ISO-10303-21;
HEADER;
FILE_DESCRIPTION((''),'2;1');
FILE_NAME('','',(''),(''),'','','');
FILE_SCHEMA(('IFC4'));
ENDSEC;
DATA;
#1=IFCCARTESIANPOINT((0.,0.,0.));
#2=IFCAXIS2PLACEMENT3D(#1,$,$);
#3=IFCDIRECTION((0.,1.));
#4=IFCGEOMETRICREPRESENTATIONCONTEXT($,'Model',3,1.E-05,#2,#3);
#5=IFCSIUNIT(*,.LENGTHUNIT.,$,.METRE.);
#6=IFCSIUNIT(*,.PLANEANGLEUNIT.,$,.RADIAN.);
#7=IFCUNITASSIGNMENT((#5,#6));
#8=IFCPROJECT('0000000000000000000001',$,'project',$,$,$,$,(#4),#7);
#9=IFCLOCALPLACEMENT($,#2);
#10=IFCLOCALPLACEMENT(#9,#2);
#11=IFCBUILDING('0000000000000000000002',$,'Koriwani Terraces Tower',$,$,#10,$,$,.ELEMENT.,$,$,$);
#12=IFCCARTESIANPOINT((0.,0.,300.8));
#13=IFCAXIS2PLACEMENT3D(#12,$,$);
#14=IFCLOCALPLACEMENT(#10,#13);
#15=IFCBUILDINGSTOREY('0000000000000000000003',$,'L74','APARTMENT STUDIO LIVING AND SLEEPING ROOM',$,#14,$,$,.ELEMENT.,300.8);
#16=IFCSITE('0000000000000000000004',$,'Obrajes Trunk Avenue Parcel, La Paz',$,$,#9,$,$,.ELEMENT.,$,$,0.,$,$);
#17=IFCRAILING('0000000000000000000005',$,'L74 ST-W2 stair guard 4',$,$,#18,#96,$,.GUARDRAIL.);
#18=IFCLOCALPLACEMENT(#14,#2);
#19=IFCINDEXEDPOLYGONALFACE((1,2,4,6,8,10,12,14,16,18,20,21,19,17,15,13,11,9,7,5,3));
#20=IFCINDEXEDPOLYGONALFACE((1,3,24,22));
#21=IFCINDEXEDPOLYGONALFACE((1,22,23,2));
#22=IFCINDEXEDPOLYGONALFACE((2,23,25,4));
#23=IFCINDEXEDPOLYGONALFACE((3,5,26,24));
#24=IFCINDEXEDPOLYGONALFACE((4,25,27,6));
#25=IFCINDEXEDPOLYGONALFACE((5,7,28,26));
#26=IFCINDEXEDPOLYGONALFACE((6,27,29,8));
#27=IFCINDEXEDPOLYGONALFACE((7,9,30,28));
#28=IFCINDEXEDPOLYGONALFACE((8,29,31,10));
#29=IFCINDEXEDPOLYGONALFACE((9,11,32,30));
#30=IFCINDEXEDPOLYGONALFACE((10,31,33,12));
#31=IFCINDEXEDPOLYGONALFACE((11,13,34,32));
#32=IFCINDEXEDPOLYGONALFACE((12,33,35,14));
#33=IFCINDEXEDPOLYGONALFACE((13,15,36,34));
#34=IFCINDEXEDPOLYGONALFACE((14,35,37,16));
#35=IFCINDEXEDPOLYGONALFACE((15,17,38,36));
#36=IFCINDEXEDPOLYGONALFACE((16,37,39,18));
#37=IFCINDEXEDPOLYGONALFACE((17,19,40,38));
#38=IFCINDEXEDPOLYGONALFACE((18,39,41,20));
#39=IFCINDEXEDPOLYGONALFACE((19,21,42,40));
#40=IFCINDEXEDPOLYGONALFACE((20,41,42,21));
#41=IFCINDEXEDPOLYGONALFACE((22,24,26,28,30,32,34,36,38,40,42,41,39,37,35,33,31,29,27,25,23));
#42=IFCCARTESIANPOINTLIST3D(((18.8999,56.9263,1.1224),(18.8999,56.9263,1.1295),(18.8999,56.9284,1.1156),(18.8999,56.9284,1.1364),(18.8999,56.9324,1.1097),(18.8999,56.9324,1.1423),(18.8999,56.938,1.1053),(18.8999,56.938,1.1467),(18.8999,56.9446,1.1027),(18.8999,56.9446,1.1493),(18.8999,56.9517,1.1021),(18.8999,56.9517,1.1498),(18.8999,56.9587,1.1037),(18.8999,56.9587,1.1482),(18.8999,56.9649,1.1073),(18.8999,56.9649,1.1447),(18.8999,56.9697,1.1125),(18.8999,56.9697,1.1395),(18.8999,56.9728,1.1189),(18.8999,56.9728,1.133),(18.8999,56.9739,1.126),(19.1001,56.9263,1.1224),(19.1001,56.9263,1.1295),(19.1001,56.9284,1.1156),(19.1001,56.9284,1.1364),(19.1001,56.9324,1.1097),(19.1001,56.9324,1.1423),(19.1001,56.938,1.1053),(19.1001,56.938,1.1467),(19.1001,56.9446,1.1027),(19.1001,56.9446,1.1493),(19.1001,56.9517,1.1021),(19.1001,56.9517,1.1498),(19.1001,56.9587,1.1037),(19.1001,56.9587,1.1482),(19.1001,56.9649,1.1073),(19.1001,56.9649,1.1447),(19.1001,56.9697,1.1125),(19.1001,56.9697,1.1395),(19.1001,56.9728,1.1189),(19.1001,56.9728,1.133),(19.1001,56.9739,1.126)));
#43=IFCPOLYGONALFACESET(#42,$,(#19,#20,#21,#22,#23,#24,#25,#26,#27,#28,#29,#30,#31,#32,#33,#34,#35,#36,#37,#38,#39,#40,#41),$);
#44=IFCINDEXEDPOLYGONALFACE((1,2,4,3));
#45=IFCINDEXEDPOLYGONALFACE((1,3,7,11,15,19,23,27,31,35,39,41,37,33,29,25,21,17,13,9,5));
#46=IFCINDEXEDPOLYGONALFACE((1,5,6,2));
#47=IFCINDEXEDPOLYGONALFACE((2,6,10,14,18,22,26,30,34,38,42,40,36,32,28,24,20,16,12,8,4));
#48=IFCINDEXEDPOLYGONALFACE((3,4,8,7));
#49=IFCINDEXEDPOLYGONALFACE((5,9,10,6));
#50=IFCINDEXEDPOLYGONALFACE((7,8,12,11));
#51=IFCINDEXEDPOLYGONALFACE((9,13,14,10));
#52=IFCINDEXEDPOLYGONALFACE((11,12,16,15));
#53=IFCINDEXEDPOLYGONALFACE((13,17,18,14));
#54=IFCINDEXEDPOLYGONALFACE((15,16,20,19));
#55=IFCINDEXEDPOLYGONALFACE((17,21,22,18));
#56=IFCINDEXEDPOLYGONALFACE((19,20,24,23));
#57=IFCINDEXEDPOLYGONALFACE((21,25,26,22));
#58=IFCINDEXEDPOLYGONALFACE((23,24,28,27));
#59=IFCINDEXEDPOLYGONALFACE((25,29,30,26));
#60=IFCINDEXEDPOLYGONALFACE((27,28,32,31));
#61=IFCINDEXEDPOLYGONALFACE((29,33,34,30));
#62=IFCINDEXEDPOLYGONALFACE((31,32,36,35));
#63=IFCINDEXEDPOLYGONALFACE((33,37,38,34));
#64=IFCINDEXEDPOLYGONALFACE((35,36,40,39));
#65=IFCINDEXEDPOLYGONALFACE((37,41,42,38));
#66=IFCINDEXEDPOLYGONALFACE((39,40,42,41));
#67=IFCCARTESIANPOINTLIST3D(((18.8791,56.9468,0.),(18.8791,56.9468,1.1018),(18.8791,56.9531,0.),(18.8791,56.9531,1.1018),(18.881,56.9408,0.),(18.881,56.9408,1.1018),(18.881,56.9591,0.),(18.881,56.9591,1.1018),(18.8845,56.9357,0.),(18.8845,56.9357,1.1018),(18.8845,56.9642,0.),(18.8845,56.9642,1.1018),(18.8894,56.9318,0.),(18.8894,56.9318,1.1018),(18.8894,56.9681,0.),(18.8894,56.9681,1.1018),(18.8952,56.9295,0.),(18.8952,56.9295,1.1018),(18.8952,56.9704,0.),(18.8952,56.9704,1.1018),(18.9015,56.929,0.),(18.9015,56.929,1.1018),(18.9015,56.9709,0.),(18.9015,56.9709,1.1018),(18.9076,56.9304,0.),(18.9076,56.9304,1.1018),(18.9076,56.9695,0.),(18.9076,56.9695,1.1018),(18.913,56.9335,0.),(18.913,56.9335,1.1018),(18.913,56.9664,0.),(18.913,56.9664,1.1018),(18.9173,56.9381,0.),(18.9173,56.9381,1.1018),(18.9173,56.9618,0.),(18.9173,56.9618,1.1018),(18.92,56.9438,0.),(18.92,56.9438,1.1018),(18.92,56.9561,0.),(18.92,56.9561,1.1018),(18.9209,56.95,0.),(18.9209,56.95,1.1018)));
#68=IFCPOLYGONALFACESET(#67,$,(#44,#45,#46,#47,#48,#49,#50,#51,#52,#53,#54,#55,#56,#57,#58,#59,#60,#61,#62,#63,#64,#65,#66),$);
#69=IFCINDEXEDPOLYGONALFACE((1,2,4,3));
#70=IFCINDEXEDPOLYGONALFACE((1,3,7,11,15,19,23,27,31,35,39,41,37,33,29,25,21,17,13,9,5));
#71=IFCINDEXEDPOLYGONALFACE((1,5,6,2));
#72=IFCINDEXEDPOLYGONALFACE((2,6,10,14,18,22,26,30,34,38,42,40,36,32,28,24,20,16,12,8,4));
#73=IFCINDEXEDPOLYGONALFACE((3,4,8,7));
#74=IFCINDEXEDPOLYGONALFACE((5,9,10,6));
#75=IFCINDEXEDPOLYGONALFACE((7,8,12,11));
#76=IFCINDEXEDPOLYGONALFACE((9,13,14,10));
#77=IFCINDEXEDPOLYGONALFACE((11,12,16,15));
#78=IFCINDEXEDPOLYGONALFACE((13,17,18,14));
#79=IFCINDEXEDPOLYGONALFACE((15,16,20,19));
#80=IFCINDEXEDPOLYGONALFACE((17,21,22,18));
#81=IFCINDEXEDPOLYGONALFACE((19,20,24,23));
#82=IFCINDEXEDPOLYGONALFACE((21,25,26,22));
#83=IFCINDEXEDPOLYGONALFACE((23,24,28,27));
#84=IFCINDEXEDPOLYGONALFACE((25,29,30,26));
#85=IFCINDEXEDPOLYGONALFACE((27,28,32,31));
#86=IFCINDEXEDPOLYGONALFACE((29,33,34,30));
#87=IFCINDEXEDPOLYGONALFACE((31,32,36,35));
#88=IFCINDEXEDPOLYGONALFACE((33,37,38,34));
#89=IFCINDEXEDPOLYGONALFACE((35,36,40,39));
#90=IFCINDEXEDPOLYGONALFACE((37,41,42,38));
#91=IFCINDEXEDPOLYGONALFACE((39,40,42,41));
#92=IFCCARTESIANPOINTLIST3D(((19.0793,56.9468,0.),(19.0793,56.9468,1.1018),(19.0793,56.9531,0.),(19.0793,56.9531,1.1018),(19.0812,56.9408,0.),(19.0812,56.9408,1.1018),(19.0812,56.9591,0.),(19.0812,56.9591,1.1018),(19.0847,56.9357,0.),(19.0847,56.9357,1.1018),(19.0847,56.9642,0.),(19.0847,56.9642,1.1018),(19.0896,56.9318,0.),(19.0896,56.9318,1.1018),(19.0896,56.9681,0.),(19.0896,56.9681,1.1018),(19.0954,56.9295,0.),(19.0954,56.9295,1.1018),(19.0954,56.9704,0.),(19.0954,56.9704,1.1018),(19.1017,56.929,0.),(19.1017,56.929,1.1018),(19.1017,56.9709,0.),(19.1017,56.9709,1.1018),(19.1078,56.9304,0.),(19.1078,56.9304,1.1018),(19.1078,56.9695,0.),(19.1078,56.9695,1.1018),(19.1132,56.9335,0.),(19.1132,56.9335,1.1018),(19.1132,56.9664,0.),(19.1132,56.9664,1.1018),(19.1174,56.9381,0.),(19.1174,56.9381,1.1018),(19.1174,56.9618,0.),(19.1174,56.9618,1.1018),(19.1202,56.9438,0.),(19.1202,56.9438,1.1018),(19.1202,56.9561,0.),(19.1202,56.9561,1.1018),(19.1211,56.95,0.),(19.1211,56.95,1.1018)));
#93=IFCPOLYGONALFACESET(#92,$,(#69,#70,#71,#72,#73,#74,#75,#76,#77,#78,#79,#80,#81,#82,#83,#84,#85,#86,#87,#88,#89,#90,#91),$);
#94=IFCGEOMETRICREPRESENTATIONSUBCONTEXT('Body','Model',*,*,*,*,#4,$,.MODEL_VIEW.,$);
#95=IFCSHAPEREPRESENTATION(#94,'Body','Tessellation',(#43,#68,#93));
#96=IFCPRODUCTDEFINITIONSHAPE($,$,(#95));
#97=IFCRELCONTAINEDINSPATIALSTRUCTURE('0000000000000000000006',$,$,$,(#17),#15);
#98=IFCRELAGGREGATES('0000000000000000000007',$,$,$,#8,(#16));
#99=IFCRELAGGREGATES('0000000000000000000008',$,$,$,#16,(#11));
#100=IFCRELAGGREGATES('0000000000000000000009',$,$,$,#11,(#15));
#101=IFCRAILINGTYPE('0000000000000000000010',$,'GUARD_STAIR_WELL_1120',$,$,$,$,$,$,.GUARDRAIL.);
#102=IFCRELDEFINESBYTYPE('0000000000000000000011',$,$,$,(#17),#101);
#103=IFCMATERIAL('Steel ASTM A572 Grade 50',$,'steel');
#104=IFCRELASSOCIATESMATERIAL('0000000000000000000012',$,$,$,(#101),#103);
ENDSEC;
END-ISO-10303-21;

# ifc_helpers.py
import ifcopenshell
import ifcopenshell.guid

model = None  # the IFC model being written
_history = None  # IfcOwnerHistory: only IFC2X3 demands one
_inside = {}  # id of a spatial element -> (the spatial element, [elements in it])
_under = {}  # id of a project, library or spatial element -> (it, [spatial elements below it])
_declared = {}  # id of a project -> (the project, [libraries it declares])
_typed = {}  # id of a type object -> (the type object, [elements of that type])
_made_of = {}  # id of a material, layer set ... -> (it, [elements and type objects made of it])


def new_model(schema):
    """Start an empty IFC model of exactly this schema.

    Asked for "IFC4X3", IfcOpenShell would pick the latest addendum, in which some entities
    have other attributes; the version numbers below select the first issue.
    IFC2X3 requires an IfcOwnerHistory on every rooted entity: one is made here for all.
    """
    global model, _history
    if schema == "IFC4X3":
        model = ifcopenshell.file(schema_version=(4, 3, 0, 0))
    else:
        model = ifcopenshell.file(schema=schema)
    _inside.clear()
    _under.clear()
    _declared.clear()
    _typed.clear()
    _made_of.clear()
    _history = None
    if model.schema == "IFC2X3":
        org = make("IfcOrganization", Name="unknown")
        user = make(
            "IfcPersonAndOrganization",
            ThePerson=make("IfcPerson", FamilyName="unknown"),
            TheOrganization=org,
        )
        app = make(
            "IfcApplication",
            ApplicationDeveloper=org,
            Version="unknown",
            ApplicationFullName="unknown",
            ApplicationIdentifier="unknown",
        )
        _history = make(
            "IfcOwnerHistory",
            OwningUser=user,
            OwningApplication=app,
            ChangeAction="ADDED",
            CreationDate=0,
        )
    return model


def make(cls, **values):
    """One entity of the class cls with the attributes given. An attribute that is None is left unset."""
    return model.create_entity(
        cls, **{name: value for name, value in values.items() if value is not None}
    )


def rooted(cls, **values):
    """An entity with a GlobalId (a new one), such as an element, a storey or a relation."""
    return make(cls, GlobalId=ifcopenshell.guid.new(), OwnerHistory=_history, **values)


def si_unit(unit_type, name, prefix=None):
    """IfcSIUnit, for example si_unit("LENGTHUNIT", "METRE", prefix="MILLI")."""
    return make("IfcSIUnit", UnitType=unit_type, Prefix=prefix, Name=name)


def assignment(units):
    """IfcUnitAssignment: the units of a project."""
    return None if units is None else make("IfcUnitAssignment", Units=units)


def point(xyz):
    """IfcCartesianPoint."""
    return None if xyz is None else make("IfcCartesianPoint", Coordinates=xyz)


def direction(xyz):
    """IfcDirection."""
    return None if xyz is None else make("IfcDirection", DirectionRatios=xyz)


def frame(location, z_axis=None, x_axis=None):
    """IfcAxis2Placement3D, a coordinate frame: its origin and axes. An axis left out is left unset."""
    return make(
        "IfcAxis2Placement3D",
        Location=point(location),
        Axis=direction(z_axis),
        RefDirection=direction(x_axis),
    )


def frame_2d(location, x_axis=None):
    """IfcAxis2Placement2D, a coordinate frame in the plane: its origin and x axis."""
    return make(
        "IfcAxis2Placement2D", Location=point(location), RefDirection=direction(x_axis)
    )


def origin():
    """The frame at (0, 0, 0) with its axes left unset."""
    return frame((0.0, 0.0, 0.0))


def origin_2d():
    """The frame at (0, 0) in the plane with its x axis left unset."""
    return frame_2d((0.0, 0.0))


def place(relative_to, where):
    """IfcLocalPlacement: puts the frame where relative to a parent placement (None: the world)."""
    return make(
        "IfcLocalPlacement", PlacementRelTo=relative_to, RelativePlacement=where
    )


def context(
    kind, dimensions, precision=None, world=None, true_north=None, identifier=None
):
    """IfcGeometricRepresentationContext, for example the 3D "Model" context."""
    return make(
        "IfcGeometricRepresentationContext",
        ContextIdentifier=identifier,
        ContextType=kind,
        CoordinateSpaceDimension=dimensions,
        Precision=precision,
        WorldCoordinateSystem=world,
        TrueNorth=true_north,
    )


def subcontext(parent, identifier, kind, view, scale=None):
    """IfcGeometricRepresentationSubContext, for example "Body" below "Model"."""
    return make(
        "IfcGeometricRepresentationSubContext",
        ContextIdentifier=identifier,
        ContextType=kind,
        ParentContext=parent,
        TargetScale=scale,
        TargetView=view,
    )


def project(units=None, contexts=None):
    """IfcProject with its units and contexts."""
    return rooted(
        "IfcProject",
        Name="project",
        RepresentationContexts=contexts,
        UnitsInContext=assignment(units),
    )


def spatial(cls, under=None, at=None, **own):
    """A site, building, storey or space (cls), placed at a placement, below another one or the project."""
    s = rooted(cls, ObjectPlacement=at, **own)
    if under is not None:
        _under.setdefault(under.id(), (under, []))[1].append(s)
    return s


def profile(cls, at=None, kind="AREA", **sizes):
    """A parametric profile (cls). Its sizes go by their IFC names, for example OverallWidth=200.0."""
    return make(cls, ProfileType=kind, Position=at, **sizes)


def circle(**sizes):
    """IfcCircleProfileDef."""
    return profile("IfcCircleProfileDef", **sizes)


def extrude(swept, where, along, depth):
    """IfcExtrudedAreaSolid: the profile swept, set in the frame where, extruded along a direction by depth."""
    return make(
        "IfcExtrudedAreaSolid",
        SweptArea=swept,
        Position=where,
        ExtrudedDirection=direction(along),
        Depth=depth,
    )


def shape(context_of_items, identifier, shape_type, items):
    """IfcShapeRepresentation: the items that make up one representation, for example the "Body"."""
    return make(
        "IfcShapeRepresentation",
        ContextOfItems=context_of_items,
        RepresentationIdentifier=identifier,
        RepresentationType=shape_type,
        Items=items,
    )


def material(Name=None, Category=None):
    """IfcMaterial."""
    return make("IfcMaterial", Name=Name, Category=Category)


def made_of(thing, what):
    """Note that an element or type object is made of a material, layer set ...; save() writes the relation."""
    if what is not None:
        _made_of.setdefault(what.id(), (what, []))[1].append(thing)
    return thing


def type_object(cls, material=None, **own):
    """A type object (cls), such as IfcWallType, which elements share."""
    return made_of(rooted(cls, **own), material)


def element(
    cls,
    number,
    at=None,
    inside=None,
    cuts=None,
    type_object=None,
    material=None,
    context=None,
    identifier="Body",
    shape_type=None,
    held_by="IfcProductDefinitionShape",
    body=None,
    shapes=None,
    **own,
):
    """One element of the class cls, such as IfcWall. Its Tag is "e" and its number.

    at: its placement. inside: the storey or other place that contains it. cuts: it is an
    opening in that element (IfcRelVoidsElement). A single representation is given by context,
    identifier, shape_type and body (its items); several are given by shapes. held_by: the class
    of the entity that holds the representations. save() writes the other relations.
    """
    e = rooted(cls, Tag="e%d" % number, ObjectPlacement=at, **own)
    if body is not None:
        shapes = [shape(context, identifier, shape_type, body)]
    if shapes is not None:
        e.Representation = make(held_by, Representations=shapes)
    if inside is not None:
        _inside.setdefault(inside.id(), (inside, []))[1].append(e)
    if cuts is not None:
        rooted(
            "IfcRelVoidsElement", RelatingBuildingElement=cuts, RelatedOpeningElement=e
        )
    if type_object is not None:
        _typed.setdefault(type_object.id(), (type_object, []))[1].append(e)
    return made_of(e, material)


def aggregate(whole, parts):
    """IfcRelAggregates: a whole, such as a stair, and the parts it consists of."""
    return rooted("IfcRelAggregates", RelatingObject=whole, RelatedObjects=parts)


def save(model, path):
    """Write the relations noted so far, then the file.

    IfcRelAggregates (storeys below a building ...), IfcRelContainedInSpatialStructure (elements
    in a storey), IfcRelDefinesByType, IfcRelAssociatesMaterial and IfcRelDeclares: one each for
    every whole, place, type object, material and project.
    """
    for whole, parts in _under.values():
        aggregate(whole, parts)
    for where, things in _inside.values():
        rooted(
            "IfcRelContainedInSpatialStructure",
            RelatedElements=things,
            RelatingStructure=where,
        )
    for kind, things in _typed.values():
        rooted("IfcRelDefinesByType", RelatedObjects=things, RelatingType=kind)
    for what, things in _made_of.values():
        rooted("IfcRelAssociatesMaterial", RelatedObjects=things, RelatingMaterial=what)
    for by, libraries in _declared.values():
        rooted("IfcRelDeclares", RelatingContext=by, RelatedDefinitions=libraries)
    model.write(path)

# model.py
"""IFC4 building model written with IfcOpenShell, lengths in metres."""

from ifc_helpers import new_model, si_unit, direction, frame, origin, origin_2d, place, context, subcontext, project, spatial, circle, extrude, material, type_object, element, save


model = new_model("IFC4")

# Units and contexts
model_context = context("Model", 3, precision=1e-05, world=origin(), true_north=direction((0.0, 1.0)))
body_context = subcontext(model_context, "Body", "Model", "MODEL_VIEW")
ifc_project = project(units=[si_unit("LENGTHUNIT", "METRE"), si_unit("PLANEANGLEUNIT", "RADIAN")], contexts=[model_context])

# Site, building, storey
site_placement = place(None, origin())
site = spatial("IfcSite", under=ifc_project, at=site_placement, Name="Obrajes Trunk Avenue Parcel, La Paz", CompositionType="ELEMENT", RefElevation=0.0)
building_placement = place(site_placement, origin())
building = spatial("IfcBuilding", under=site, at=building_placement, Name="Koriwani Terraces Tower", CompositionType="ELEMENT")
storey_placement = place(building_placement, frame((0.0, 0.0, 300.8)))
storey = spatial("IfcBuildingStorey", under=building, at=storey_placement, Name="L74", Description="APARTMENT STUDIO LIVING AND SLEEPING ROOM", CompositionType="ELEMENT", Elevation=300.8)

# Shared definitions
ifc_material_1 = material(Name="Steel ASTM A572 Grade 50", Category="steel")

# Railing
railing_type_1 = type_object("IfcRailingType", Name="GUARD_STAIR_WELL_1120", PredefinedType="GUARDRAIL", material=ifc_material_1)
railing_1_placement = place(storey_placement, frame((18.8999, 56.95, 0.0)))
element("IfcRailing", 1, at=railing_1_placement, inside=storey, type_object=railing_type_1, Name="L74 ST-W2 stair guard 4", PredefinedType="GUARDRAIL", context=body_context, shape_type="SweptSolid", body=[
    extrude(circle(Radius=0.0239, at=origin_2d()), frame((0.0, 0.0, 1.126), z_axis=(1.0, 0.0, 0.0), x_axis=(0.0, 1.0, 0.0)), (0.0, 0.0, 1.0), 0.2002),
    extrude(circle(Radius=0.021, at=origin_2d()), origin(), (0.0, 0.0, 1.0), 1.1018),
    extrude(circle(Radius=0.021, at=origin_2d()), frame((0.2002, 0.0, 0.0)), (0.0, 0.0, 1.0), 1.1018),
])

save(model, "model.ifc")
